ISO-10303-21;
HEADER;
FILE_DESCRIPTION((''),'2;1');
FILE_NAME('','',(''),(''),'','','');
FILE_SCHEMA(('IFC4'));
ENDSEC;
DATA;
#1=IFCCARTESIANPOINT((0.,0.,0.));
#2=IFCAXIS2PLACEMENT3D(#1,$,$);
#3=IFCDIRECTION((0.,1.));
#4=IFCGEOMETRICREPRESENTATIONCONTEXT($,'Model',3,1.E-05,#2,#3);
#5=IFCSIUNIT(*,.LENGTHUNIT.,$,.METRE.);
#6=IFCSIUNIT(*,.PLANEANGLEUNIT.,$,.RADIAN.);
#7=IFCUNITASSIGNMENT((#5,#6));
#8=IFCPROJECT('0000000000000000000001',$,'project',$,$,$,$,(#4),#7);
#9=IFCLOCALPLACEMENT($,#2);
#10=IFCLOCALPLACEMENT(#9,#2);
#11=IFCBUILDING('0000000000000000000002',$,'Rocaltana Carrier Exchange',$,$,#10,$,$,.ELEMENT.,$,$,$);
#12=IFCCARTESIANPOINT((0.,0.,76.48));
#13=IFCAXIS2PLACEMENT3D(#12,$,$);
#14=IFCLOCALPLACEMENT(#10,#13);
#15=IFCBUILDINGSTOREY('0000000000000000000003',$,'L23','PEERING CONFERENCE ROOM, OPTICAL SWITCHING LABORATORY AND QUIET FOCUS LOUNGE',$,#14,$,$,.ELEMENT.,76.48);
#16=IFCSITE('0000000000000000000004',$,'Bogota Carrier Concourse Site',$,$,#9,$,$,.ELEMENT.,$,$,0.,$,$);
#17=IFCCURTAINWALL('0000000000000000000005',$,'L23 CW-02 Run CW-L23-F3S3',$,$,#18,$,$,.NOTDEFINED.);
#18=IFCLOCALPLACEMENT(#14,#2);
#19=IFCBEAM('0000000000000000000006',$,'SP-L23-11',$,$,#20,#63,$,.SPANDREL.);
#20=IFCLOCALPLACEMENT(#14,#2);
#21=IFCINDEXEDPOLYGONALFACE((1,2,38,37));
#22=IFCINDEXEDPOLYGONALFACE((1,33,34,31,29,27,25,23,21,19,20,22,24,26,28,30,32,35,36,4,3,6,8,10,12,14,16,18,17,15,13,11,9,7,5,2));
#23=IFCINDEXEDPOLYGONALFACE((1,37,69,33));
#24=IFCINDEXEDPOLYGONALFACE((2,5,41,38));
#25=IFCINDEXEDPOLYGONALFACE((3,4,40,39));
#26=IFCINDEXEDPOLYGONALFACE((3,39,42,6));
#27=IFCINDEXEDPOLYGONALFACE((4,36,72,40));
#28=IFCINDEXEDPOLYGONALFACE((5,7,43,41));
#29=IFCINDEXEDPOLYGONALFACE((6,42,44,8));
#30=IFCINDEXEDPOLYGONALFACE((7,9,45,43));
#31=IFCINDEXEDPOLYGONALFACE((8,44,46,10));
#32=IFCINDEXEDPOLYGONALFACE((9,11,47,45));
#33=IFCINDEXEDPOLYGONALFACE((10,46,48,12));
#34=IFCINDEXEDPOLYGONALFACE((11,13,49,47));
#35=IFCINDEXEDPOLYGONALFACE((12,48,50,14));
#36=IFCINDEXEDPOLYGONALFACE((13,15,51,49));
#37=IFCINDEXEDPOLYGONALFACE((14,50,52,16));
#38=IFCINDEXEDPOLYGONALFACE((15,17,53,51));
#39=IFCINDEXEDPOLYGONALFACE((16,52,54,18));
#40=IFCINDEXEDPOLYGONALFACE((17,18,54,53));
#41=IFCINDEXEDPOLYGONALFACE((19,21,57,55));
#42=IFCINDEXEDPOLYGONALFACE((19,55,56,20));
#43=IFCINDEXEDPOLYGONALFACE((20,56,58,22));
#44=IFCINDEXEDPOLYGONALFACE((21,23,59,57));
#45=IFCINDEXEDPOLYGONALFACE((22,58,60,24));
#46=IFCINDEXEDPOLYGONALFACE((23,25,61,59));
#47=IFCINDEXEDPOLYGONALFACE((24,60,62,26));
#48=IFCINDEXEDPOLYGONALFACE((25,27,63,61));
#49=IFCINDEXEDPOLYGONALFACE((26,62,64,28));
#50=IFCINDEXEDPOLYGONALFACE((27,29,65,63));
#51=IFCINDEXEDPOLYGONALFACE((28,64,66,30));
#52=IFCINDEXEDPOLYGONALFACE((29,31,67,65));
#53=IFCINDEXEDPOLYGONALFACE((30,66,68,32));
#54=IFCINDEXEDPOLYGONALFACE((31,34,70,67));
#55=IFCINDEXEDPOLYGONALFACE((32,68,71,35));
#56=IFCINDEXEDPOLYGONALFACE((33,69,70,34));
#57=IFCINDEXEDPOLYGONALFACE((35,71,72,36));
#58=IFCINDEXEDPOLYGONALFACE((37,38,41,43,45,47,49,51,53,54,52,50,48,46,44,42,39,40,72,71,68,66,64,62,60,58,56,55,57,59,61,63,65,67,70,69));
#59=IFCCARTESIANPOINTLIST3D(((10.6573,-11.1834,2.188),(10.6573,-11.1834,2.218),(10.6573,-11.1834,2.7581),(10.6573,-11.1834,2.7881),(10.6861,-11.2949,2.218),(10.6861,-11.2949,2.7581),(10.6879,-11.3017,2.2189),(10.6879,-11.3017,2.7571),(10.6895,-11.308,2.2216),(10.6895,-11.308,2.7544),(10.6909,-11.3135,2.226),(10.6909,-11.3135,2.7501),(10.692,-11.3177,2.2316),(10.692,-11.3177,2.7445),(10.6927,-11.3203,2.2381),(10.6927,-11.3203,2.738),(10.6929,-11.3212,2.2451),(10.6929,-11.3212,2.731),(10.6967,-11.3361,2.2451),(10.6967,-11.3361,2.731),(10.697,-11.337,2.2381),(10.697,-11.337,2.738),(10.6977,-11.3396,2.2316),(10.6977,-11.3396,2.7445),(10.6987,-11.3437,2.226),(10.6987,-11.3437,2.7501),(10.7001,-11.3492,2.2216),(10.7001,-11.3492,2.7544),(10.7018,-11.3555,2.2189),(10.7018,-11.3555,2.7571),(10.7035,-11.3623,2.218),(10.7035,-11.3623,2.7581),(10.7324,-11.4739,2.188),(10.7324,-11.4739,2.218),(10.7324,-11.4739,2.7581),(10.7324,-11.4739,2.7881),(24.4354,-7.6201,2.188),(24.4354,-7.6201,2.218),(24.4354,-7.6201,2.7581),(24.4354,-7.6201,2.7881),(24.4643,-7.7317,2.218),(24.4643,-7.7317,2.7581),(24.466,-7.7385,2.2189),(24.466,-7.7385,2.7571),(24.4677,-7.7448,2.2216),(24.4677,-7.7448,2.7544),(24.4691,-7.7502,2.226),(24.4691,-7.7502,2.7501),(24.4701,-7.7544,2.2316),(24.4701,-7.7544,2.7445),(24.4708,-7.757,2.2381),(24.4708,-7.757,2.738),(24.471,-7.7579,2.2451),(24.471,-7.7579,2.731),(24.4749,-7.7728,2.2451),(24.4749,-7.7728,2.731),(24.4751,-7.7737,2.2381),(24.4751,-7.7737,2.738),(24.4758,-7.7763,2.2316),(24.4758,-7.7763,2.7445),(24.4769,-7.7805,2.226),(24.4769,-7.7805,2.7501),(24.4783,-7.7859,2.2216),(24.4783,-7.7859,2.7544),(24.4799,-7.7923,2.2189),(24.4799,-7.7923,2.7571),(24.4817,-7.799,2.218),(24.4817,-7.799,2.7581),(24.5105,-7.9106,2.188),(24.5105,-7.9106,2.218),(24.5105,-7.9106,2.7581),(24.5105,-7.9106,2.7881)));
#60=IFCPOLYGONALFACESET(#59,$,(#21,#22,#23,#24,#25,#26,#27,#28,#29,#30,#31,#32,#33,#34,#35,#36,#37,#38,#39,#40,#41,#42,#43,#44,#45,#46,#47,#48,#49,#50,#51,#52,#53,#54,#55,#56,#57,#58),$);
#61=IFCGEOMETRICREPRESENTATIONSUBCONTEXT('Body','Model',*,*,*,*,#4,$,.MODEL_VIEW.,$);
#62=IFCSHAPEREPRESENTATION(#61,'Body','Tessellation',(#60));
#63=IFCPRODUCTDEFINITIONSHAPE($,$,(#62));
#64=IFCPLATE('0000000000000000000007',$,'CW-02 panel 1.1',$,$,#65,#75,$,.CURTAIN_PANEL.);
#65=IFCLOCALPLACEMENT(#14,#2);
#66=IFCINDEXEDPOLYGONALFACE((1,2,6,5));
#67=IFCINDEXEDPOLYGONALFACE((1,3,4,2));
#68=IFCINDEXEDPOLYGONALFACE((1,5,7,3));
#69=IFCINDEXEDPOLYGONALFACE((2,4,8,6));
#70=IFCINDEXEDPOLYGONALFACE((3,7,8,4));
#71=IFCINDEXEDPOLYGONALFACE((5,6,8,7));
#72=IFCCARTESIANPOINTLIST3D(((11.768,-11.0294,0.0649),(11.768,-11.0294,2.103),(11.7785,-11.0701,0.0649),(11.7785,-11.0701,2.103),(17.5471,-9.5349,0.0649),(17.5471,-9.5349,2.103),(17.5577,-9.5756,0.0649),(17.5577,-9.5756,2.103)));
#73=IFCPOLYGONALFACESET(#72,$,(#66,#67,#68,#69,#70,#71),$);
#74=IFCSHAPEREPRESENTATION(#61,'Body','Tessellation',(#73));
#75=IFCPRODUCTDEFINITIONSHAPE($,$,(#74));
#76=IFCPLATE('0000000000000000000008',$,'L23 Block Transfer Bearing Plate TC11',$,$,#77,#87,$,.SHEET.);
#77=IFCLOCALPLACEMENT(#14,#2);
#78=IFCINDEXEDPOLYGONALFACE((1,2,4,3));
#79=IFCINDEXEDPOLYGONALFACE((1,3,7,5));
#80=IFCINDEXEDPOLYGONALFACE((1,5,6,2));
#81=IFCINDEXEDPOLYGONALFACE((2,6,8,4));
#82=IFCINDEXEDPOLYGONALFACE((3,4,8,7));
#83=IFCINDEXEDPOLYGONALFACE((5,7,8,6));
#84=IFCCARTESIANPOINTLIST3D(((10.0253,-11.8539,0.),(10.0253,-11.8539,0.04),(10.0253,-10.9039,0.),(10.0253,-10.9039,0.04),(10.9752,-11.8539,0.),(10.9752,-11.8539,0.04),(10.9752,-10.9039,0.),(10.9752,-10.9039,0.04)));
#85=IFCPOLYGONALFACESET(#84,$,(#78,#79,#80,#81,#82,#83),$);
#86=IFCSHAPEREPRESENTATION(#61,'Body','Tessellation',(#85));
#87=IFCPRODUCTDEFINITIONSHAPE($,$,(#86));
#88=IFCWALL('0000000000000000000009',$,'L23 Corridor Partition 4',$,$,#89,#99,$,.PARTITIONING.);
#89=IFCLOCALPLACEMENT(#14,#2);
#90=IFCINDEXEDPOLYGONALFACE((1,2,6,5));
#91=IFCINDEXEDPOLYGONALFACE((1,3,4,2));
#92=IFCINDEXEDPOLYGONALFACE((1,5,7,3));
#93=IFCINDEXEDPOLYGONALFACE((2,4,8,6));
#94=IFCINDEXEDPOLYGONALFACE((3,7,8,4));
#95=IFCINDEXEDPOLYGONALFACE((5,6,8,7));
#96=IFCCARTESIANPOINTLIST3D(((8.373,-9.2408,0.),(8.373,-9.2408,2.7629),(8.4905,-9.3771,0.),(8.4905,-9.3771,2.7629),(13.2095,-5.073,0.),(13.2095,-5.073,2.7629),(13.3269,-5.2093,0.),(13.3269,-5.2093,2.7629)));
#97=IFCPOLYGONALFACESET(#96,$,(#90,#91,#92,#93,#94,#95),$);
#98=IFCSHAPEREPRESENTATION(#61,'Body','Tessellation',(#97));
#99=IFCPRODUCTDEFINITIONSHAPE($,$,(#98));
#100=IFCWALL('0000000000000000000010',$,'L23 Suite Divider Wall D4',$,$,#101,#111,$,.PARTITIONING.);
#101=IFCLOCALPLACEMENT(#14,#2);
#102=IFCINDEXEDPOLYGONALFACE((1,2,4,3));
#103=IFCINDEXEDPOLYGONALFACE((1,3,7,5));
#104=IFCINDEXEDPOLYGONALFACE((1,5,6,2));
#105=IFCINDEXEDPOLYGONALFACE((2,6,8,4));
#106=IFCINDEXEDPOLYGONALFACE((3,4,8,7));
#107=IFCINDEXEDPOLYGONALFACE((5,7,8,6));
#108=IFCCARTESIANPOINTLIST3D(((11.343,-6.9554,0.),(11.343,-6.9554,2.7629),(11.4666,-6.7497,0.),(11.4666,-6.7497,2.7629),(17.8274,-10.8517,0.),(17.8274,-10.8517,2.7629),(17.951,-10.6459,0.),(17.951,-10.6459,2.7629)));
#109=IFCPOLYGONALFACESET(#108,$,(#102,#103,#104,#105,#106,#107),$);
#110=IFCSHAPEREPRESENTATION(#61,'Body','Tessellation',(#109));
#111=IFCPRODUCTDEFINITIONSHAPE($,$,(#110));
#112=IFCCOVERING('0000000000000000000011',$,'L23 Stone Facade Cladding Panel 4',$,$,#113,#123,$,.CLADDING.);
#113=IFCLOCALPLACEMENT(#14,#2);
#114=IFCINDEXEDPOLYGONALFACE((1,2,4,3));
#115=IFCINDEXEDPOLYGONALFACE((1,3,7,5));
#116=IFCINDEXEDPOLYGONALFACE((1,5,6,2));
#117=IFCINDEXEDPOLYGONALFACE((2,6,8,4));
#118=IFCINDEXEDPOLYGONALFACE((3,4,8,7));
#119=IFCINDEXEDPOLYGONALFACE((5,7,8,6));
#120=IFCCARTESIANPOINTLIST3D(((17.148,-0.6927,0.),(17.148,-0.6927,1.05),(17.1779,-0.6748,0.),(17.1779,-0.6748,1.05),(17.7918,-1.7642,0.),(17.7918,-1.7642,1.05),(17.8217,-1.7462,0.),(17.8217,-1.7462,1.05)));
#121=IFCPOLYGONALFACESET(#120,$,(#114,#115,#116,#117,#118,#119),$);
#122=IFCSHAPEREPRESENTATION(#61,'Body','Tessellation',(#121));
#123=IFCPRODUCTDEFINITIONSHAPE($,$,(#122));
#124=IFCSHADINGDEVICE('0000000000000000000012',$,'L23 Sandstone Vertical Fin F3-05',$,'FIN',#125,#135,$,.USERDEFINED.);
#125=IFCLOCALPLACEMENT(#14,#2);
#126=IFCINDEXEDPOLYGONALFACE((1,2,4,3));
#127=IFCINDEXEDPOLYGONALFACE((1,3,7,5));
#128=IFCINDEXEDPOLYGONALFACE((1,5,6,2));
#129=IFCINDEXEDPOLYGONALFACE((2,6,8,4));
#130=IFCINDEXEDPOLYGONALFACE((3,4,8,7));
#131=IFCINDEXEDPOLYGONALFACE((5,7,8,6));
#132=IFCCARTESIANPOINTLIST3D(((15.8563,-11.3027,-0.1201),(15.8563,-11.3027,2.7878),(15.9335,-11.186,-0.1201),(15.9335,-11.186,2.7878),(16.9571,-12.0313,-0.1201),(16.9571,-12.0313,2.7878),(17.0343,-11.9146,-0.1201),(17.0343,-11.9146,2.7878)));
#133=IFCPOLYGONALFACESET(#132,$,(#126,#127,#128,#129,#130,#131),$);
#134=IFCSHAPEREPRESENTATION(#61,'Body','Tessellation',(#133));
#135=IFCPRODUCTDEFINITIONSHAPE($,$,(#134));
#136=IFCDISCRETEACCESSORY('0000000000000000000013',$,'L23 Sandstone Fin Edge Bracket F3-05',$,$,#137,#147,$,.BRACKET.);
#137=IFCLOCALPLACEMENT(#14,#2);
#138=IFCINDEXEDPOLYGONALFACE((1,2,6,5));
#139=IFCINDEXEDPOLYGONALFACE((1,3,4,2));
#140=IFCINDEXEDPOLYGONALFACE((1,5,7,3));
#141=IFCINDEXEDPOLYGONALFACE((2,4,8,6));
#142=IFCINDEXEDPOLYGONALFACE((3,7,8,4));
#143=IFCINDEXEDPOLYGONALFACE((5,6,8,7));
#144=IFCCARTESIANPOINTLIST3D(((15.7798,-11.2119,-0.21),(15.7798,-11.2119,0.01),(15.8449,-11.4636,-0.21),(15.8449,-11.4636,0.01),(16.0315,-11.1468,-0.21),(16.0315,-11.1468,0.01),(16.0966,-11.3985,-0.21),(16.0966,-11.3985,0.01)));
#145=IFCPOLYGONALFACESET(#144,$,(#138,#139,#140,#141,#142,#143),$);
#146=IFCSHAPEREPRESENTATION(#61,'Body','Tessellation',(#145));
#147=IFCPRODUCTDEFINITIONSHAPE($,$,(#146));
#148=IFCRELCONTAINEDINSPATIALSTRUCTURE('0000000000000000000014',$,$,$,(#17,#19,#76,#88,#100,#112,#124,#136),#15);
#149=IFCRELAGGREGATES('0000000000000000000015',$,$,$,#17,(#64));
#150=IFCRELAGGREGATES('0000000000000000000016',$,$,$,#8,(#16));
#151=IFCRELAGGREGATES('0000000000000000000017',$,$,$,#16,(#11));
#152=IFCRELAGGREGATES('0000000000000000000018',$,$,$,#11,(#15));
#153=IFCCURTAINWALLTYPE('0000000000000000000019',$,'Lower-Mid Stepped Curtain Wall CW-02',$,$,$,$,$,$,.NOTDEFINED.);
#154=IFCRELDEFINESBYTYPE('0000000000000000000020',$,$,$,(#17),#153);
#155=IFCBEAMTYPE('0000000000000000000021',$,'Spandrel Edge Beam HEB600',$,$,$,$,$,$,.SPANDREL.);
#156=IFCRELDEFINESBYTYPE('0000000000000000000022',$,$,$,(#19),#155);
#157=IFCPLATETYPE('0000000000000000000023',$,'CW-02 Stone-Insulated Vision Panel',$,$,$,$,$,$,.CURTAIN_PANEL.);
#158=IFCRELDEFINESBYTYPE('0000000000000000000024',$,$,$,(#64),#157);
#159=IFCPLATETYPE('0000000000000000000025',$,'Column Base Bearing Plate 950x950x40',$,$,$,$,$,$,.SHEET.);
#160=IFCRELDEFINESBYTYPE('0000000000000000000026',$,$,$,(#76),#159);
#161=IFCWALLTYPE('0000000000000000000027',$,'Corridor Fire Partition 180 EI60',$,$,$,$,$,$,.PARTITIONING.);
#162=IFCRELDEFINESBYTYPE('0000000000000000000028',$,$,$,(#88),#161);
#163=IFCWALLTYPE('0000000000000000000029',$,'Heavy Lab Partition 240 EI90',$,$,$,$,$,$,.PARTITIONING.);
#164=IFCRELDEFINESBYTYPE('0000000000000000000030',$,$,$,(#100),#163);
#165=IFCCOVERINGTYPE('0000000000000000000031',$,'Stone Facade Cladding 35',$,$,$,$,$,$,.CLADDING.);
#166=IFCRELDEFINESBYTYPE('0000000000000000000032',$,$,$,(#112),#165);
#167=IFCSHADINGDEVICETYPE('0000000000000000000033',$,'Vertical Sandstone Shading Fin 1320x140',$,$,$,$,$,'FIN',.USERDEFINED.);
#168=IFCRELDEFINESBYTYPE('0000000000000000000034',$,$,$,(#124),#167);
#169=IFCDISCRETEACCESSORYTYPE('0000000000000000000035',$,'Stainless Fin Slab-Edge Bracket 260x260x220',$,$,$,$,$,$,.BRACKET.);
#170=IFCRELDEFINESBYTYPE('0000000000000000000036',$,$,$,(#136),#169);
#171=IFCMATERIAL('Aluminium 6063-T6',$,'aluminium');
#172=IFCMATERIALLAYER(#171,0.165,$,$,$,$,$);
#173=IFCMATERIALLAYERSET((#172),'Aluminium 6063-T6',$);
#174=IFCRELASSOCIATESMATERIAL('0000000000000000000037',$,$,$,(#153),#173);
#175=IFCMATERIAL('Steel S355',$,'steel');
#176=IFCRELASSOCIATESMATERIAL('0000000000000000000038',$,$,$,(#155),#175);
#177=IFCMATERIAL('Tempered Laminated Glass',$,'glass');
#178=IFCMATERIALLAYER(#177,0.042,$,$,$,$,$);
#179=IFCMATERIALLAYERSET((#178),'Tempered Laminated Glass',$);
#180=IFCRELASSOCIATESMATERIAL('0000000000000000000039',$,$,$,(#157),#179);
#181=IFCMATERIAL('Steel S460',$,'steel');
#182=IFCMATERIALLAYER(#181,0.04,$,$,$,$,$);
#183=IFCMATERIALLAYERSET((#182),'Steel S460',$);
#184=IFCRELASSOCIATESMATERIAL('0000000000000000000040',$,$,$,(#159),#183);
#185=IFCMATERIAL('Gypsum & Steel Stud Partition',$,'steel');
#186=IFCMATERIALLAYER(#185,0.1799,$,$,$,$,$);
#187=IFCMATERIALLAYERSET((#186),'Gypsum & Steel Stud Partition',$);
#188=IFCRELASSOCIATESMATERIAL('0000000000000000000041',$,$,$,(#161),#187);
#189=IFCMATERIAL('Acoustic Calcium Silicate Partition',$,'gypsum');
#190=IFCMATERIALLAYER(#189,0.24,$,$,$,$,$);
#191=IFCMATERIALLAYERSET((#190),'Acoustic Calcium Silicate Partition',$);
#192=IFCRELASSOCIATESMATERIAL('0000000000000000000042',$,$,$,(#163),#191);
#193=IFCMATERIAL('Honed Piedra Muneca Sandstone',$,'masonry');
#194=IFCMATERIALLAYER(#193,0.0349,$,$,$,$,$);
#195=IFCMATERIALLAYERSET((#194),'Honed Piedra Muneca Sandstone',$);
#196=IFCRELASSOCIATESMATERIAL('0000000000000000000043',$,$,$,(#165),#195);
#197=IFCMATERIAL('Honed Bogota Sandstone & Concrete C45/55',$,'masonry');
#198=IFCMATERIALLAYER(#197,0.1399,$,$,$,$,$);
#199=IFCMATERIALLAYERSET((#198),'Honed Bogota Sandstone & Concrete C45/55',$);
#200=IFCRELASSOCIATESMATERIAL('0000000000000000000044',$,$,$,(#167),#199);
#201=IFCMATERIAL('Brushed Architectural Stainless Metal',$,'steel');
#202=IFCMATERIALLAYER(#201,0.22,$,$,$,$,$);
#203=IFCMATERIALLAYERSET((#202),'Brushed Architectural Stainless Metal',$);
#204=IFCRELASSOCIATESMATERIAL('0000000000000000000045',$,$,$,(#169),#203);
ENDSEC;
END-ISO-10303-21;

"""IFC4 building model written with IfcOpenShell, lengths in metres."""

from ifc_helpers import new_model, si_unit, direction, frame, frame_2d, origin, origin_2d, place, context, subcontext, project, spatial, rectangle, i_section, extrude, material, layer, layer_set, material_profile, profile_set, type_object, element, aggregate, save


model = new_model("IFC4")

# Units and contexts
model_context = context("Model", 3, precision=1e-05, world=origin(), true_north=direction((0.0, 1.0)))
body_context = subcontext(model_context, "Body", "Model", "MODEL_VIEW")
ifc_project = project(units=[si_unit("LENGTHUNIT", "METRE"), si_unit("PLANEANGLEUNIT", "RADIAN")], contexts=[model_context])

# Site, building, storey
site_placement = place(None, origin())
site = spatial("IfcSite", under=ifc_project, at=site_placement, Name="Bogota Carrier Concourse Site", CompositionType="ELEMENT", RefElevation=0.0)
building_placement = place(site_placement, origin())
building = spatial("IfcBuilding", under=site, at=building_placement, Name="Rocaltana Carrier Exchange", CompositionType="ELEMENT")
storey_placement = place(building_placement, frame((0.0, 0.0, 76.48)))
storey = spatial("IfcBuildingStorey", under=building, at=storey_placement, Name="L23", Description="PEERING CONFERENCE ROOM, OPTICAL SWITCHING LABORATORY AND QUIET FOCUS LOUNGE", CompositionType="ELEMENT", Elevation=76.48)

# Curtain wall
ifc_material_1 = material(Name="Aluminium 6063-T6", Category="aluminium")
ifc_layer_1 = layer(ifc_material_1, 0.165)
ifc_layer_set_1 = layer_set([ifc_layer_1], Name="Aluminium 6063-T6")
curtain_wall_type = type_object("IfcCurtainWallType", Name="Lower-Mid Stepped Curtain Wall CW-02", PredefinedType="NOTDEFINED", material=ifc_layer_set_1)
curtain_wall_1_placement = place(storey_placement, origin())
curtain_wall_1 = element("IfcCurtainWall", 1, at=curtain_wall_1_placement, inside=storey, type_object=curtain_wall_type, Name="L23 CW-02 Run CW-L23-F3S3", PredefinedType="NOTDEFINED")

# Beam
ifc_material_2 = material(Name="Steel S355", Category="steel")
ifc_material_profile_1 = material_profile(ifc_material_2, i_section(OverallWidth=0.3, OverallDepth=0.6001, WebThickness=0.0154, FlangeThickness=0.03, FilletRadius=0.0271, at=origin_2d()), Name="HEB600")
ifc_profile_set_1 = profile_set([ifc_material_profile_1], Name="Steel S355")
beam_type_1 = type_object("IfcBeamType", Name="Spandrel Edge Beam HEB600", PredefinedType="SPANDREL", material=ifc_profile_set_1)
beam_1_placement = place(storey_placement, frame((10.6948, -11.3286, 2.488), z_axis=(0.968148, 0.250379, 0.0), x_axis=(-0.250379, 0.968148, 0.0)))
element("IfcBeam", 2, at=beam_1_placement, inside=storey, type_object=beam_type_1, Name="SP-L23-11", PredefinedType="SPANDREL", context=body_context, shape_type="SweptSolid", body=[
    extrude(i_section(OverallWidth=0.3, OverallDepth=0.6001, WebThickness=0.0154, FlangeThickness=0.03, FilletRadius=0.0271, at=origin_2d()), origin(), (0.0, 0.0, 1.0), 14.2314),
])

# Plates
ifc_material_3 = material(Name="Tempered Laminated Glass", Category="glass")
ifc_layer_2 = layer(ifc_material_3, 0.042)
ifc_layer_set_2 = layer_set([ifc_layer_2], Name="Tempered Laminated Glass")
plate_type_1 = type_object("IfcPlateType", Name="CW-02 Stone-Insulated Vision Panel", PredefinedType="CURTAIN_PANEL", material=ifc_layer_set_2)
plate_1_placement = place(storey_placement, frame((14.6628, -10.3025, 0.0649), z_axis=(0.0, 0.0, 1.0), x_axis=(0.96815, 0.25037, 0.0)))
plate_1 = element("IfcPlate", 3, at=plate_1_placement, type_object=plate_type_1, Name="CW-02 panel 1.1", PredefinedType="CURTAIN_PANEL", context=body_context, shape_type="SweptSolid", body=[
    extrude(rectangle(XDim=5.9692, YDim=0.042, at=origin_2d()), origin(), (0.0, 0.0, 1.0), 2.0381),
])
aggregate(curtain_wall_1, [plate_1])
ifc_material_4 = material(Name="Steel S460", Category="steel")
ifc_layer_3 = layer(ifc_material_4, 0.04)
ifc_layer_set_3 = layer_set([ifc_layer_3], Name="Steel S460")
plate_type_2 = type_object("IfcPlateType", Name="Column Base Bearing Plate 950x950x40", PredefinedType="SHEET", material=ifc_layer_set_3)
plate_2_placement = place(storey_placement, frame((10.5002, -11.3789, 0.0), z_axis=(0.0, 0.0, 1.0), x_axis=(1.0, 0.0, 0.0)))
element("IfcPlate", 4, at=plate_2_placement, inside=storey, type_object=plate_type_2, Name="L23 Block Transfer Bearing Plate TC11", PredefinedType="SHEET", context=body_context, shape_type="SweptSolid", body=[
    extrude(rectangle(XDim=0.95, YDim=0.95, at=origin_2d()), origin(), (0.0, 0.0, 1.0), 0.04),
])

# Walls
ifc_material_5 = material(Name="Gypsum & Steel Stud Partition", Category="steel")
ifc_layer_4 = layer(ifc_material_5, 0.1799)
ifc_layer_set_4 = layer_set([ifc_layer_4], Name="Gypsum & Steel Stud Partition")
wall_type_1 = type_object("IfcWallType", Name="Corridor Fire Partition 180 EI60", PredefinedType="PARTITIONING", material=ifc_layer_set_4)
wall_1_placement = place(storey_placement, frame((13.2683, -5.1411, 0.0), z_axis=(0.0, 0.0, 1.0), x_axis=(-0.757535, -0.652795, 0.0)))
element("IfcWall", 5, at=wall_1_placement, inside=storey, type_object=wall_type_1, Name="L23 Corridor Partition 4", PredefinedType="PARTITIONING", context=body_context, shape_type="SweptSolid", body=[
    extrude(rectangle(XDim=6.3845, YDim=0.1799, at=frame_2d((3.1924, 0.0))), origin(), (0.0, 0.0, 1.0), 2.7629),
])
ifc_material_6 = material(Name="Acoustic Calcium Silicate Partition", Category="gypsum")
ifc_layer_5 = layer(ifc_material_6, 0.24)
ifc_layer_set_5 = layer_set([ifc_layer_5], Name="Acoustic Calcium Silicate Partition")
wall_type_2 = type_object("IfcWallType", Name="Heavy Lab Partition 240 EI90", PredefinedType="PARTITIONING", material=ifc_layer_set_5)
wall_2_placement = place(storey_placement, frame((11.4048, -6.8525, 0.0), z_axis=(0.0, 0.0, 1.0), x_axis=(0.857165, -0.515041, 0.0)))
element("IfcWall", 6, at=wall_2_placement, inside=storey, type_object=wall_type_2, Name="L23 Suite Divider Wall D4", PredefinedType="PARTITIONING", context=body_context, shape_type="SweptSolid", body=[
    extrude(rectangle(XDim=7.5649, YDim=0.24, at=frame_2d((3.7825, 0.0))), origin(), (0.0, 0.0, 1.0), 2.7629),
])

# Covering
ifc_material_7 = material(Name="Honed Piedra Muneca Sandstone", Category="masonry")
ifc_layer_6 = layer(ifc_material_7, 0.0349)
ifc_layer_set_6 = layer_set([ifc_layer_6], Name="Honed Piedra Muneca Sandstone")
covering_type = type_object("IfcCoveringType", Name="Stone Facade Cladding 35", PredefinedType="CLADDING", material=ifc_layer_set_6)
covering_placement = place(storey_placement, frame((17.4849, -1.2195, 0.0), z_axis=(0.0, 0.0, 1.0), x_axis=(-0.515038, 0.857167, 0.0)))
element("IfcCovering", 7, at=covering_placement, inside=storey, type_object=covering_type, Name="L23 Stone Facade Cladding Panel 4", PredefinedType="CLADDING", context=body_context, shape_type="SweptSolid", body=[
    extrude(rectangle(XDim=1.25, YDim=0.0349, at=origin_2d()), origin(), (0.0, 0.0, 1.0), 1.05),
])

# Shading device
ifc_material_8 = material(Name="Honed Bogota Sandstone & Concrete C45/55", Category="masonry")
ifc_layer_7 = layer(ifc_material_8, 0.1399)
ifc_layer_set_7 = layer_set([ifc_layer_7], Name="Honed Bogota Sandstone & Concrete C45/55")
shading_device_type = type_object("IfcShadingDeviceType", Name="Vertical Sandstone Shading Fin 1320x140", ElementType="FIN", PredefinedType="USERDEFINED", material=ifc_layer_set_7)
shading_device_placement = place(storey_placement, frame((16.4453, -11.6086, -0.1201), z_axis=(0.0, 0.0, 1.0), x_axis=(0.833886, -0.551937, 0.0)))
element("IfcShadingDevice", 8, at=shading_device_placement, inside=storey, type_object=shading_device_type, Name="L23 Sandstone Vertical Fin F3-05", ObjectType="FIN", PredefinedType="USERDEFINED", context=body_context, shape_type="SweptSolid", body=[
    extrude(rectangle(XDim=1.3201, YDim=0.1399, at=origin_2d()), origin(), (0.0, 0.0, 1.0), 2.908),
])

# Discrete accessory
ifc_material_9 = material(Name="Brushed Architectural Stainless Metal", Category="steel")
ifc_layer_8 = layer(ifc_material_9, 0.22)
ifc_layer_set_8 = layer_set([ifc_layer_8], Name="Brushed Architectural Stainless Metal")
discrete_accessory_type = type_object("IfcDiscreteAccessoryType", Name="Stainless Fin Slab-Edge Bracket 260x260x220", PredefinedType="BRACKET", material=ifc_layer_set_8)
discrete_accessory_placement = place(storey_placement, frame((15.9382, -11.3052, -0.21), z_axis=(0.0, 0.0, 1.0), x_axis=(0.968148, 0.25038, 0.0)))
element("IfcDiscreteAccessory", 9, at=discrete_accessory_placement, inside=storey, type_object=discrete_accessory_type, Name="L23 Sandstone Fin Edge Bracket F3-05", PredefinedType="BRACKET", context=body_context, shape_type="SweptSolid", body=[
    extrude(rectangle(XDim=0.26, YDim=0.26, at=origin_2d()), origin(), (0.0, 0.0, 1.0), 0.22),
])

save(model, "model.ifc")
